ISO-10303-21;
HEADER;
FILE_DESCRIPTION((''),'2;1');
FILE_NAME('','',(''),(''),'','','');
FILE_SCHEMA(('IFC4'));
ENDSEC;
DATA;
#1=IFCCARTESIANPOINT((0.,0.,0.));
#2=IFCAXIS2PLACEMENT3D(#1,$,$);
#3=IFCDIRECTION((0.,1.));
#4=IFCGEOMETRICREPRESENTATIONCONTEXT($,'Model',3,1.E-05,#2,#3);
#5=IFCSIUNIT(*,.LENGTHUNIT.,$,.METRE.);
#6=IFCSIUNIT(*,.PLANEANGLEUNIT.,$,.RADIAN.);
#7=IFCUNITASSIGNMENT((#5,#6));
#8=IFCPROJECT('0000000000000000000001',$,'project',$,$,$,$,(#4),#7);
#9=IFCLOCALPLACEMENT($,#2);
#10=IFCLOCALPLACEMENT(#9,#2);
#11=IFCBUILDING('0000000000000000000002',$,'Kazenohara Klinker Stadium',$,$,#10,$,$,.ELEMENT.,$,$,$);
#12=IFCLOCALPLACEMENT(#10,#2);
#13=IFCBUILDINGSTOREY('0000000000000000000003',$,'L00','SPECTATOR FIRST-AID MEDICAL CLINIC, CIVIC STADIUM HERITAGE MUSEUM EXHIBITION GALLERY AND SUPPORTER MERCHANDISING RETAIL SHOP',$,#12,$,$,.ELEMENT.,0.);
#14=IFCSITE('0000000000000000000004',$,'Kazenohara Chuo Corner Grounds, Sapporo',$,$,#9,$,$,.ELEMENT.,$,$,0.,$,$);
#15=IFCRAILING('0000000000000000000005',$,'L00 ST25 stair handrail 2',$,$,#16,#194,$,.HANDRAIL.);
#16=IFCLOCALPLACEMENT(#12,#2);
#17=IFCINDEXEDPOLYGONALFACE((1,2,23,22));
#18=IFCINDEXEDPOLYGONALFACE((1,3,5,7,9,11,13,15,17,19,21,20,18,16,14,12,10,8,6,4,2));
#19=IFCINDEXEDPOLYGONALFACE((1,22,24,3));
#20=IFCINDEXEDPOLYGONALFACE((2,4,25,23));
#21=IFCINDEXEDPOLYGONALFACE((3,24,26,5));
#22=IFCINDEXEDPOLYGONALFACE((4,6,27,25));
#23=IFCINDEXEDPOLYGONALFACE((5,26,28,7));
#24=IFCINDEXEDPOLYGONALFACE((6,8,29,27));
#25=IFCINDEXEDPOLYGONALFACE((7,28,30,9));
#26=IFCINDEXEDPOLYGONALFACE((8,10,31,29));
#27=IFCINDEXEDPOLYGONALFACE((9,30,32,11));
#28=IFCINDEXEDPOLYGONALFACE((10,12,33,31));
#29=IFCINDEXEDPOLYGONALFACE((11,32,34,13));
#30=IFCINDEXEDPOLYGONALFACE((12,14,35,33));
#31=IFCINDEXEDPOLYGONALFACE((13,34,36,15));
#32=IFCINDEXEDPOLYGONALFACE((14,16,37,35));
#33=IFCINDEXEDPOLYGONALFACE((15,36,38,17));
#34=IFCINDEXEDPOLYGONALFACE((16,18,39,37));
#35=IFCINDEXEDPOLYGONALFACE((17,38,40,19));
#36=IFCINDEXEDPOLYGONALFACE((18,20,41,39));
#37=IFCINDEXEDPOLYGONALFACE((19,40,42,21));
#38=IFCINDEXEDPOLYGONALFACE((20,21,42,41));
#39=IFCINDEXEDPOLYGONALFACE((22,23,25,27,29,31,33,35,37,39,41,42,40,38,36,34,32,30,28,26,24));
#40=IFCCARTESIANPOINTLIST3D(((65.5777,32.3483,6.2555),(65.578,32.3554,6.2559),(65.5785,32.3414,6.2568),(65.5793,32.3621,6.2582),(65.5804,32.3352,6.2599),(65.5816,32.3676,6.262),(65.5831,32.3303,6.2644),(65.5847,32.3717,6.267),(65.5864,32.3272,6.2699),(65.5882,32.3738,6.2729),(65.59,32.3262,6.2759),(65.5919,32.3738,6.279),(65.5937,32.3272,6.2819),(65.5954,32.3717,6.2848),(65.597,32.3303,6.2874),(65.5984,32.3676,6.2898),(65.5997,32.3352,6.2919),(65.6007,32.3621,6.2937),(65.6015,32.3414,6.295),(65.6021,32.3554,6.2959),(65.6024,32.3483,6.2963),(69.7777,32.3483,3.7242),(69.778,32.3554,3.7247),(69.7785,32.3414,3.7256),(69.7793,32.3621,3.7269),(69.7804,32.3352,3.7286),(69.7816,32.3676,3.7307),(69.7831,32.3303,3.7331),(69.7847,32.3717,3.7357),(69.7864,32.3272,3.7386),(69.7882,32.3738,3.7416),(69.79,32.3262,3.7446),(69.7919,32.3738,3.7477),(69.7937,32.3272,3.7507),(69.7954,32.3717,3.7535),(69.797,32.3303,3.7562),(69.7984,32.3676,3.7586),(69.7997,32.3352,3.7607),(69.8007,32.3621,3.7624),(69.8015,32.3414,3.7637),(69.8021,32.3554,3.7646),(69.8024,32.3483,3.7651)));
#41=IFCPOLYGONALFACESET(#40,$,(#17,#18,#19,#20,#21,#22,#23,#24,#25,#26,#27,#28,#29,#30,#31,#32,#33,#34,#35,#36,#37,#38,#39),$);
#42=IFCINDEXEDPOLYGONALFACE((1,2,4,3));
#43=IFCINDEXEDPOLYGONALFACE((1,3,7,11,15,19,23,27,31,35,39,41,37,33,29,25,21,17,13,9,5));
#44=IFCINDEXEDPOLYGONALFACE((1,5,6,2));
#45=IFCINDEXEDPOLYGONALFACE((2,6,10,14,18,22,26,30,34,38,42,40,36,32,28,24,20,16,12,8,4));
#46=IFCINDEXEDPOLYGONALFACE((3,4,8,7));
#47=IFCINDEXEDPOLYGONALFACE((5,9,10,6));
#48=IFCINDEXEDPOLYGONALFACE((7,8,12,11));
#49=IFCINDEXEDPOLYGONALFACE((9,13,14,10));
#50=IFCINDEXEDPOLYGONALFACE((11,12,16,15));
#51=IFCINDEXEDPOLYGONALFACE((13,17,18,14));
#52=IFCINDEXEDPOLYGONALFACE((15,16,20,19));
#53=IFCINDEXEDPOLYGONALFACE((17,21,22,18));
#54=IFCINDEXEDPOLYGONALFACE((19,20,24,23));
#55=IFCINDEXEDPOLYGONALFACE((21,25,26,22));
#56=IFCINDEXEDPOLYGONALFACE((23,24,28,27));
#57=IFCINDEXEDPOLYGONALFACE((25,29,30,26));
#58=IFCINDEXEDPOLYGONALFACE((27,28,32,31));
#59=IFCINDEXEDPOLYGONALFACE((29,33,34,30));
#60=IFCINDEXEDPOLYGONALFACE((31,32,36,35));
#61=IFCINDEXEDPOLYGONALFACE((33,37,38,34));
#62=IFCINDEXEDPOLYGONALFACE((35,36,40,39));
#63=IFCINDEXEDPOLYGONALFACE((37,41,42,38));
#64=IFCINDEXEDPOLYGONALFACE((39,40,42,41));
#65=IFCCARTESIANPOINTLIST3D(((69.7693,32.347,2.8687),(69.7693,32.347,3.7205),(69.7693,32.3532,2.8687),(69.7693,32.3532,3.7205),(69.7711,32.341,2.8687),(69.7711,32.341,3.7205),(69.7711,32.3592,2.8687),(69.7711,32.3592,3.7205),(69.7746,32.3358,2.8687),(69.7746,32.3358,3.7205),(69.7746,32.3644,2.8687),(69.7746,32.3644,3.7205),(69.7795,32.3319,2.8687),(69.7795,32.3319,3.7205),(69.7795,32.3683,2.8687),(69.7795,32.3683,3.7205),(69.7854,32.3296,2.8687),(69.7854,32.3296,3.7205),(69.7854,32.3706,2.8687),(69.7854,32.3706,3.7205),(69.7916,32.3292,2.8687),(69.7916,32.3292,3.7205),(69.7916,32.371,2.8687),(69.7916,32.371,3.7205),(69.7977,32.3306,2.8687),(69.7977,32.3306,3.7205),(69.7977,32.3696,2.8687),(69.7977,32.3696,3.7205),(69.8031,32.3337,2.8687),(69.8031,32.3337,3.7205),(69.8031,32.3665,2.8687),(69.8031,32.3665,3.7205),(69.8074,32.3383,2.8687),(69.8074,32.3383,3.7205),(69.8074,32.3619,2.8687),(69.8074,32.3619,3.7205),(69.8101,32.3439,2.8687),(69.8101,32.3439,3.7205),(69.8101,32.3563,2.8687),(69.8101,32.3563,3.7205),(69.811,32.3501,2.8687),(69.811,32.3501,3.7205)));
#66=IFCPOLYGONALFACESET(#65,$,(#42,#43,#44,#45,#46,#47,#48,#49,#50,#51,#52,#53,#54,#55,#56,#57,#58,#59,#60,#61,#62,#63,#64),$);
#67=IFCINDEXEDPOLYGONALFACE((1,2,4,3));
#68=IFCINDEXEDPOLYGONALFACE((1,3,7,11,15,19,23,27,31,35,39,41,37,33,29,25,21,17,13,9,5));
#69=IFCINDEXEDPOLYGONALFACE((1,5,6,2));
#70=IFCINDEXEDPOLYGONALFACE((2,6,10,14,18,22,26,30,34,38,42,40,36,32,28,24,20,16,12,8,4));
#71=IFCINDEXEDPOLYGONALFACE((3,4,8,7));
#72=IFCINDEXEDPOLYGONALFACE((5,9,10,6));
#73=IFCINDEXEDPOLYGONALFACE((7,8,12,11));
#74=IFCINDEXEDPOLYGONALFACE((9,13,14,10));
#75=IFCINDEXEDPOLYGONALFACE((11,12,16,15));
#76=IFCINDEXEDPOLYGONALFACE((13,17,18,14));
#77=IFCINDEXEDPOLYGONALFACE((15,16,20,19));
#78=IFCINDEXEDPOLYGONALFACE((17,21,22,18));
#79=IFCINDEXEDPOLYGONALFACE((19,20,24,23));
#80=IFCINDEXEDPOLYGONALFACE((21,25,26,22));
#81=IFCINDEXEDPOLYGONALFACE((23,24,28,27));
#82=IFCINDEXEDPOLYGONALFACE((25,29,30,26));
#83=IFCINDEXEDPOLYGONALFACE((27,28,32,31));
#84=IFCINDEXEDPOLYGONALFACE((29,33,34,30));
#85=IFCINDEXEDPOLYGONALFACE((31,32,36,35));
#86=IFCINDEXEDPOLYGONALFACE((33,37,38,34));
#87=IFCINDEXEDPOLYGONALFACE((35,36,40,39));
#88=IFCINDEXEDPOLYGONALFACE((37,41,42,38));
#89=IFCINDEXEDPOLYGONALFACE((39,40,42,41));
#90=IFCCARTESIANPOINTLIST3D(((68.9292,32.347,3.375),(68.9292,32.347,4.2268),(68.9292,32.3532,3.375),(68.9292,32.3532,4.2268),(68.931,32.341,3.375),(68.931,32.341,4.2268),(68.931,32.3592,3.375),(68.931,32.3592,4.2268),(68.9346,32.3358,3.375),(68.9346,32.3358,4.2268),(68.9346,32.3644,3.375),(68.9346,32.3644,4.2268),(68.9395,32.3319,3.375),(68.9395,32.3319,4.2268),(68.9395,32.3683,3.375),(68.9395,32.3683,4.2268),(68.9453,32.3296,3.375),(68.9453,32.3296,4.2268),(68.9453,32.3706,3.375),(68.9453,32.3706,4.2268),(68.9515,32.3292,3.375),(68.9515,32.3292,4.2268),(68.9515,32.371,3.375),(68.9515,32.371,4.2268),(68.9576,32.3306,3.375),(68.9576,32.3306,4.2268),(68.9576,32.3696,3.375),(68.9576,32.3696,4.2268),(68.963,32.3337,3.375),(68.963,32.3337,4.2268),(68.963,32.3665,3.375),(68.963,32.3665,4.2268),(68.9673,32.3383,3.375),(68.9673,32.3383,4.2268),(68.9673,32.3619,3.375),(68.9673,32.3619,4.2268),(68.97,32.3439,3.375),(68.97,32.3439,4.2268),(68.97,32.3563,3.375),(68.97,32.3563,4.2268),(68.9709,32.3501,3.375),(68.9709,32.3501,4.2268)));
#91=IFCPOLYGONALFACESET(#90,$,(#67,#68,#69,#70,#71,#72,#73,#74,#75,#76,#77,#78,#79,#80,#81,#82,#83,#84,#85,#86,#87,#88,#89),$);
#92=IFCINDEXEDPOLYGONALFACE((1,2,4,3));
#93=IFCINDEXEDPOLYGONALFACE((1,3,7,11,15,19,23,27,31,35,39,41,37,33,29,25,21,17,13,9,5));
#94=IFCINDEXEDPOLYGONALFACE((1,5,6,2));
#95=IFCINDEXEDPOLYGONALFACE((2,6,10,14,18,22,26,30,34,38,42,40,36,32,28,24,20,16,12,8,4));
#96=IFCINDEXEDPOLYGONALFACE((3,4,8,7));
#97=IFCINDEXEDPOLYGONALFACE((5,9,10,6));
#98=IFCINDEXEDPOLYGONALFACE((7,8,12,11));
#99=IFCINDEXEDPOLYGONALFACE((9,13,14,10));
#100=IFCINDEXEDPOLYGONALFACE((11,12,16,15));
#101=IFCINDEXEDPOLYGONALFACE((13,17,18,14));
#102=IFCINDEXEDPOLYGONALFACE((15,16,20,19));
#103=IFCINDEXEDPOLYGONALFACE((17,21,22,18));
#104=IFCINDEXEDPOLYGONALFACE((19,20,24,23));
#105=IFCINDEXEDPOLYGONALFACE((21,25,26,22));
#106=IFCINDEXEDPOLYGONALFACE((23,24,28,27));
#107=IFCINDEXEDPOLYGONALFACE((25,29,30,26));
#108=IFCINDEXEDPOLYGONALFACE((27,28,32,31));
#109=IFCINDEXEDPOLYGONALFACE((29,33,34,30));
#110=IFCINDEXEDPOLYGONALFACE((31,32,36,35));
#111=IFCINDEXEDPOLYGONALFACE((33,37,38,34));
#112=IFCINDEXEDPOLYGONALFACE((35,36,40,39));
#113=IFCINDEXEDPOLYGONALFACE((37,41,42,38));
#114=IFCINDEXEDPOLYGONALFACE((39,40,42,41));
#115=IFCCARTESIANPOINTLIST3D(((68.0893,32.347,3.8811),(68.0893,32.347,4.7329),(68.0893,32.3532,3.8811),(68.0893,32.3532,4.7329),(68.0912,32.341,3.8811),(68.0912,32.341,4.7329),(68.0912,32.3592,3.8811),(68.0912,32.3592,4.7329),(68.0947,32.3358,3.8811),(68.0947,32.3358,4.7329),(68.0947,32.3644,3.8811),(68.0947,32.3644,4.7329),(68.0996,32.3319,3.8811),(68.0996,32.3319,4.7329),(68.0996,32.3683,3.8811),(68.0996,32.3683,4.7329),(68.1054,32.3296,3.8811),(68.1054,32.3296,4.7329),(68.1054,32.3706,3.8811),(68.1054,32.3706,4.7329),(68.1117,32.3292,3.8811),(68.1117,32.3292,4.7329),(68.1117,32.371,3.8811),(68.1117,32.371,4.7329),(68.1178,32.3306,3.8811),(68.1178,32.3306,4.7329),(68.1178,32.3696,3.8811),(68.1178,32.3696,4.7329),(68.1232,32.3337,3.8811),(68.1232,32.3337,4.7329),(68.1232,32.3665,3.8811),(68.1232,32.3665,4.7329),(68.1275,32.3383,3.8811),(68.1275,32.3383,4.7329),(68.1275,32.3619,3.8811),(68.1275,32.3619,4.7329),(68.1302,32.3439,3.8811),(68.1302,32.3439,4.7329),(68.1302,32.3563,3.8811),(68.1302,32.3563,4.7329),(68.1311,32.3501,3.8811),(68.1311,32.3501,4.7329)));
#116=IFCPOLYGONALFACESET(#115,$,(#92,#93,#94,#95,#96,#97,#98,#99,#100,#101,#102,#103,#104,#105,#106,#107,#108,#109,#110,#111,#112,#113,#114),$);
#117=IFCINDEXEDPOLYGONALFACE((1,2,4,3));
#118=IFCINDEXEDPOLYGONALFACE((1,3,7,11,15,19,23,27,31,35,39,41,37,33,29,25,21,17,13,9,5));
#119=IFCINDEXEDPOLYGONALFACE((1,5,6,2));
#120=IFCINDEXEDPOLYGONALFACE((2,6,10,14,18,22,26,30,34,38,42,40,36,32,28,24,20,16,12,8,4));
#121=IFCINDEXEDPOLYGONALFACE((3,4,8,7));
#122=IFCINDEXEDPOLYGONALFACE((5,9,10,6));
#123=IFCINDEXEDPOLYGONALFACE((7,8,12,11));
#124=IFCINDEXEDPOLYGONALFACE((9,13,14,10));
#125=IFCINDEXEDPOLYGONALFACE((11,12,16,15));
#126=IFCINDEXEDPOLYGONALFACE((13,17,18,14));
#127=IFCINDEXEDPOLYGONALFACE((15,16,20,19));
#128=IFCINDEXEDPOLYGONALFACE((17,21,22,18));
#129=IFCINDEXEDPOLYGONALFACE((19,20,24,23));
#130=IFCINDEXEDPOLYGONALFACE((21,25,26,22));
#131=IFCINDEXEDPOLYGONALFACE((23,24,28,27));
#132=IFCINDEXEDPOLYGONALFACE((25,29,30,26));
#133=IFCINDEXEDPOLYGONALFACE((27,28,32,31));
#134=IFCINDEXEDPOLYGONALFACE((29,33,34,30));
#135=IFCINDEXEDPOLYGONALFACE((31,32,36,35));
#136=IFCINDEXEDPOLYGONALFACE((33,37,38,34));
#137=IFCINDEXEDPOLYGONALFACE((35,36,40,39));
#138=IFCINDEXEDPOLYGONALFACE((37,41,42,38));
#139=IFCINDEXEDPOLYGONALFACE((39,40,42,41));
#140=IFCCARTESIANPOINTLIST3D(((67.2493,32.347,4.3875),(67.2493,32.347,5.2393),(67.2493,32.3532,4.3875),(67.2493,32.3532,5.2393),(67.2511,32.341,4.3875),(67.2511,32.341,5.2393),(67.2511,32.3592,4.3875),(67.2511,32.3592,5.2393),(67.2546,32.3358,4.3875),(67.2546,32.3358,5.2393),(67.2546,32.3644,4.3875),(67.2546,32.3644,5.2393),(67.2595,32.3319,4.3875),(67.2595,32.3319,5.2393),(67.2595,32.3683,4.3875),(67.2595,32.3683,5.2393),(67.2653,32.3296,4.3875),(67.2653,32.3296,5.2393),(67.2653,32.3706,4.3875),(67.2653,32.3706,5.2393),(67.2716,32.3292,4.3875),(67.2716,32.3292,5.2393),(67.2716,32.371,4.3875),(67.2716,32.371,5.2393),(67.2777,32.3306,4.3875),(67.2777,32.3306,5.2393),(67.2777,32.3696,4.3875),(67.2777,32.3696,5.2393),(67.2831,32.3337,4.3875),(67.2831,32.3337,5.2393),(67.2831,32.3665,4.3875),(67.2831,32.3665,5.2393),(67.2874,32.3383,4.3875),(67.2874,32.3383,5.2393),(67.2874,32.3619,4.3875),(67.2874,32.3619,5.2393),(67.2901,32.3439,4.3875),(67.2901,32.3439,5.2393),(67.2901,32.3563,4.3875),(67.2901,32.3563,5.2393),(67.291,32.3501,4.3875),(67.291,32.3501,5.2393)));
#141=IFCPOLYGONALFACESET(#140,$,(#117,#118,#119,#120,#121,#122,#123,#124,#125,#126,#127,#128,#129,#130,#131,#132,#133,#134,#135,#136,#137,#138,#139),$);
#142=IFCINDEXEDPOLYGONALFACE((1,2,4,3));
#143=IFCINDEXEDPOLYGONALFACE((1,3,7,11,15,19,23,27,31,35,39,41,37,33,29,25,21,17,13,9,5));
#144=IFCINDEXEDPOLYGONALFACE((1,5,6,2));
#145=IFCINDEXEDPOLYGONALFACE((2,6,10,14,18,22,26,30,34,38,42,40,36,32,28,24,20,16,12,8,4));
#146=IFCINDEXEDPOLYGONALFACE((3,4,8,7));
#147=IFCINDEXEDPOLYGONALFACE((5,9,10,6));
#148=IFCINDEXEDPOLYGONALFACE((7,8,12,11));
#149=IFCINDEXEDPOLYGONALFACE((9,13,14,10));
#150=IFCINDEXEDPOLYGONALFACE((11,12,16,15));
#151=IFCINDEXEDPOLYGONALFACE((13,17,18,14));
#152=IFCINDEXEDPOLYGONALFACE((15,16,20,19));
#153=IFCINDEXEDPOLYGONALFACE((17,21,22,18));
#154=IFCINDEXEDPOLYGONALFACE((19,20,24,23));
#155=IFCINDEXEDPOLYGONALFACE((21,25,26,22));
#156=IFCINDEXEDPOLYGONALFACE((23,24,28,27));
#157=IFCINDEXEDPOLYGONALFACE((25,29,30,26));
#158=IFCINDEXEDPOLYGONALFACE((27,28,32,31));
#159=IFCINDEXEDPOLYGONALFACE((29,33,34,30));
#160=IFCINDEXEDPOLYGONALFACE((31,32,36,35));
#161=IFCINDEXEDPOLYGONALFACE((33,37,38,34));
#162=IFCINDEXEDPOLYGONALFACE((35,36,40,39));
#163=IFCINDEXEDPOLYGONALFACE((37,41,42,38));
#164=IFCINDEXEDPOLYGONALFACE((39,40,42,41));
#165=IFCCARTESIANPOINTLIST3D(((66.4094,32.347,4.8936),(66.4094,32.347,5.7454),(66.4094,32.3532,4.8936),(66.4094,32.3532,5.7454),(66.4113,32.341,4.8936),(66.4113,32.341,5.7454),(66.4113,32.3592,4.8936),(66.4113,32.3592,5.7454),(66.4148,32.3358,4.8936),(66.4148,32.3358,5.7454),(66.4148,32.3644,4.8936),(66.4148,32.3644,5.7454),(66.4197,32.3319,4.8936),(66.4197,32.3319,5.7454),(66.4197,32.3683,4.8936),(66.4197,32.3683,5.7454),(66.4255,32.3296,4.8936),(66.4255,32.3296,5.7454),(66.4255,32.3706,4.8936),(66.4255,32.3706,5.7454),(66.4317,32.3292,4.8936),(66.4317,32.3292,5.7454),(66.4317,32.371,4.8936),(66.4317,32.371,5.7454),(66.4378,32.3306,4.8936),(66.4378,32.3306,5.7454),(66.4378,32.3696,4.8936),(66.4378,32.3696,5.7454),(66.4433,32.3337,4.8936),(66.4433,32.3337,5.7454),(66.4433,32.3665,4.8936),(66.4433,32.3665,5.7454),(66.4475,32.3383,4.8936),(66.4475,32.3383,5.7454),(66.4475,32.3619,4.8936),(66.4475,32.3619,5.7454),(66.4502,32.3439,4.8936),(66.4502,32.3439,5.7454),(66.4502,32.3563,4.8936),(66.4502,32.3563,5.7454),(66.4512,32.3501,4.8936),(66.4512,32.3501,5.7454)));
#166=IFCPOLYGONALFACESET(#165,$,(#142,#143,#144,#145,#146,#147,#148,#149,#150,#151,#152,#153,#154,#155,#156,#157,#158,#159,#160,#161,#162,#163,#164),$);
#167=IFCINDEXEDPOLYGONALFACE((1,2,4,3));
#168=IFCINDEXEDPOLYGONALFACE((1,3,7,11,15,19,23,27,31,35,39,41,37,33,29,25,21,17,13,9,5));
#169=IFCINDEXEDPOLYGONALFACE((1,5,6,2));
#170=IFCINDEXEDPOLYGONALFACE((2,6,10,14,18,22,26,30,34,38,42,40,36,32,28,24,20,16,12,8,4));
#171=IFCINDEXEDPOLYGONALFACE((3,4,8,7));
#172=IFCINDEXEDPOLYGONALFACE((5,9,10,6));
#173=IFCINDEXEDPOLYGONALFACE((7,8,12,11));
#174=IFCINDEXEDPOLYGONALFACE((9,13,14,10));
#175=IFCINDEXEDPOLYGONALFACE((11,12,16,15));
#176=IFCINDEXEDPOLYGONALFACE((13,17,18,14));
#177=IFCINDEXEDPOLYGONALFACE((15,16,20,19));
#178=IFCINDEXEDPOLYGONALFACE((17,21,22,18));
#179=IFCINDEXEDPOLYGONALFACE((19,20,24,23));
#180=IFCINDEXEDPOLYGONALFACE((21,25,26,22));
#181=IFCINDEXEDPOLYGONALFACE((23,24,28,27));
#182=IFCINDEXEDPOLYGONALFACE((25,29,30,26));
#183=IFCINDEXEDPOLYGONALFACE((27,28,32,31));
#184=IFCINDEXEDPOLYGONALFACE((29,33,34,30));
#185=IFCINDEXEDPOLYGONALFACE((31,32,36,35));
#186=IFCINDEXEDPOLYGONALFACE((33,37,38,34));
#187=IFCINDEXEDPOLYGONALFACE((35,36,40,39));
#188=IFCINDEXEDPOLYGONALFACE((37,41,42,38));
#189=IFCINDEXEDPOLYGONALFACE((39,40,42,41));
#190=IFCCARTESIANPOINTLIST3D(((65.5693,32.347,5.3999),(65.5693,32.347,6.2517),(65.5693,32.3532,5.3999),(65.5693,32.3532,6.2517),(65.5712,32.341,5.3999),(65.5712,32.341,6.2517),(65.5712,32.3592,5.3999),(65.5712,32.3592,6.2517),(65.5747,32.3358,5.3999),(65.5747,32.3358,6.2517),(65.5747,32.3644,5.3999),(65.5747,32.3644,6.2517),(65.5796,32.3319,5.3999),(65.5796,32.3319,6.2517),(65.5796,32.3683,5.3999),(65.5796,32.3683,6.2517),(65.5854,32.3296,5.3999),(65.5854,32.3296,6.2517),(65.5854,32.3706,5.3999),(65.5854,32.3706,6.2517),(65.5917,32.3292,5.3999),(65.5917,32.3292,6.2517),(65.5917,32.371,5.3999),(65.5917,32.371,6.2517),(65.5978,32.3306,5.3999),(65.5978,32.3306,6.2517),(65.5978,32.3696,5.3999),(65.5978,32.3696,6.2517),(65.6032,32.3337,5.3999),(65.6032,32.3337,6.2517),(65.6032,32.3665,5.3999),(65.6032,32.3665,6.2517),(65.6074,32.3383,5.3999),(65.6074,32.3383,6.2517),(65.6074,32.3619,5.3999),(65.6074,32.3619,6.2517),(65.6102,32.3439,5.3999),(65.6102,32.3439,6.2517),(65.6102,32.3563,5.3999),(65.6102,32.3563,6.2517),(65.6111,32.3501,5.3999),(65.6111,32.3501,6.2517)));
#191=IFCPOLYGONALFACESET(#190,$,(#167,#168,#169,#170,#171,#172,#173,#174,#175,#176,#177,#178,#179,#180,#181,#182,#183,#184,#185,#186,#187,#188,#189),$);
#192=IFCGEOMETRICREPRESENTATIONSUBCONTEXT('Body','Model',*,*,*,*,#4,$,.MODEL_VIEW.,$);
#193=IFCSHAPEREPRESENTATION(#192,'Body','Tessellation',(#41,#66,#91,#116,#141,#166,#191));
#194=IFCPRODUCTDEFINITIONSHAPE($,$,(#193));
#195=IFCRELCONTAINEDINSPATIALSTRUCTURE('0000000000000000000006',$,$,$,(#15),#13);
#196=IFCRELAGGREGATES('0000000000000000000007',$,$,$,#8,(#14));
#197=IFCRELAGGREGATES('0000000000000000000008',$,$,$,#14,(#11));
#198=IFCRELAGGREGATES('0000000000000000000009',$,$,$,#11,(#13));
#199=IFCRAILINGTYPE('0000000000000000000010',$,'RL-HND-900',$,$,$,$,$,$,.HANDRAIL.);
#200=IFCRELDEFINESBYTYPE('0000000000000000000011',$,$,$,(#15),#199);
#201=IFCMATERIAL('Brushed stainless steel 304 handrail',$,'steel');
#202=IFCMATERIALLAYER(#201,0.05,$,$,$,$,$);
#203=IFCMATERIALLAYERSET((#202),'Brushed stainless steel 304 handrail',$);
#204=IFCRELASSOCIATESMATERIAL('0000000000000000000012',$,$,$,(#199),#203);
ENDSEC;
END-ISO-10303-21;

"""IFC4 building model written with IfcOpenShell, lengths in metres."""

from ifc_helpers import new_model, si_unit, direction, frame, origin, origin_2d, place, context, subcontext, project, spatial, circle, extrude, material, layer, layer_set, type_object, element, save


model = new_model("IFC4")

# Units and contexts
model_context = context("Model", 3, precision=1e-05, world=origin(), true_north=direction((0.0, 1.0)))
body_context = subcontext(model_context, "Body", "Model", "MODEL_VIEW")
ifc_project = project(units=[si_unit("LENGTHUNIT", "METRE"), si_unit("PLANEANGLEUNIT", "RADIAN")], contexts=[model_context])

# Site, building, storey
site_placement = place(None, origin())
site = spatial("IfcSite", under=ifc_project, at=site_placement, Name="Kazenohara Chuo Corner Grounds, Sapporo", CompositionType="ELEMENT", RefElevation=0.0)
building_placement = place(site_placement, origin())
building = spatial("IfcBuilding", under=site, at=building_placement, Name="Kazenohara Klinker Stadium", CompositionType="ELEMENT")
storey_placement = place(building_placement, origin())
storey = spatial("IfcBuildingStorey", under=building, at=storey_placement, Name="L00", Description="SPECTATOR FIRST-AID MEDICAL CLINIC, CIVIC STADIUM HERITAGE MUSEUM EXHIBITION GALLERY AND SUPPORTER MERCHANDISING RETAIL SHOP", CompositionType="ELEMENT", Elevation=0.0)

# Railing
ifc_material_1 = material(Name="Brushed stainless steel 304 handrail", Category="steel")
ifc_layer_1 = layer(ifc_material_1, 0.05)
ifc_layer_set_1 = layer_set([ifc_layer_1], Name="Brushed stainless steel 304 handrail")
railing_type_1 = type_object("IfcRailingType", Name="RL-HND-900", PredefinedType="HANDRAIL", material=ifc_layer_set_1)
railing_1_placement = place(storey_placement, frame((69.79, 32.3501, 2.8687)))
element("IfcRailing", 1, at=railing_1_placement, inside=storey, type_object=railing_type_1, Name="L00 ST25 stair handrail 2", PredefinedType="HANDRAIL", context=body_context, shape_type="SweptSolid", body=[
    extrude(circle(Radius=0.0239, at=origin_2d()), frame((0.0, 0.0, 0.876), z_axis=(-0.856476, 0.0, 0.516186), x_axis=(0.0, -1.0, 0.0)), (0.0, 0.0, 1.0), 4.9038),
    extrude(circle(Radius=0.021, at=origin_2d()), origin(), (0.0, 0.0, 1.0), 0.8518),
    extrude(circle(Radius=0.021, at=origin_2d()), frame((-0.8401, 0.0, 0.5063)), (0.0, 0.0, 1.0), 0.8518),
    extrude(circle(Radius=0.021, at=origin_2d()), frame((-1.6799, 0.0, 1.0125)), (0.0, 0.0, 1.0), 0.8518),
    extrude(circle(Radius=0.021, at=origin_2d()), frame((-2.52, 0.0, 1.5188)), (0.0, 0.0, 1.0), 0.8518),
    extrude(circle(Radius=0.021, at=origin_2d()), frame((-3.3599, 0.0, 2.0249)), (0.0, 0.0, 1.0), 0.8518),
    extrude(circle(Radius=0.021, at=origin_2d()), frame((-4.2, 0.0, 2.5312)), (0.0, 0.0, 1.0), 0.8518),
])

save(model, "model.ifc")
